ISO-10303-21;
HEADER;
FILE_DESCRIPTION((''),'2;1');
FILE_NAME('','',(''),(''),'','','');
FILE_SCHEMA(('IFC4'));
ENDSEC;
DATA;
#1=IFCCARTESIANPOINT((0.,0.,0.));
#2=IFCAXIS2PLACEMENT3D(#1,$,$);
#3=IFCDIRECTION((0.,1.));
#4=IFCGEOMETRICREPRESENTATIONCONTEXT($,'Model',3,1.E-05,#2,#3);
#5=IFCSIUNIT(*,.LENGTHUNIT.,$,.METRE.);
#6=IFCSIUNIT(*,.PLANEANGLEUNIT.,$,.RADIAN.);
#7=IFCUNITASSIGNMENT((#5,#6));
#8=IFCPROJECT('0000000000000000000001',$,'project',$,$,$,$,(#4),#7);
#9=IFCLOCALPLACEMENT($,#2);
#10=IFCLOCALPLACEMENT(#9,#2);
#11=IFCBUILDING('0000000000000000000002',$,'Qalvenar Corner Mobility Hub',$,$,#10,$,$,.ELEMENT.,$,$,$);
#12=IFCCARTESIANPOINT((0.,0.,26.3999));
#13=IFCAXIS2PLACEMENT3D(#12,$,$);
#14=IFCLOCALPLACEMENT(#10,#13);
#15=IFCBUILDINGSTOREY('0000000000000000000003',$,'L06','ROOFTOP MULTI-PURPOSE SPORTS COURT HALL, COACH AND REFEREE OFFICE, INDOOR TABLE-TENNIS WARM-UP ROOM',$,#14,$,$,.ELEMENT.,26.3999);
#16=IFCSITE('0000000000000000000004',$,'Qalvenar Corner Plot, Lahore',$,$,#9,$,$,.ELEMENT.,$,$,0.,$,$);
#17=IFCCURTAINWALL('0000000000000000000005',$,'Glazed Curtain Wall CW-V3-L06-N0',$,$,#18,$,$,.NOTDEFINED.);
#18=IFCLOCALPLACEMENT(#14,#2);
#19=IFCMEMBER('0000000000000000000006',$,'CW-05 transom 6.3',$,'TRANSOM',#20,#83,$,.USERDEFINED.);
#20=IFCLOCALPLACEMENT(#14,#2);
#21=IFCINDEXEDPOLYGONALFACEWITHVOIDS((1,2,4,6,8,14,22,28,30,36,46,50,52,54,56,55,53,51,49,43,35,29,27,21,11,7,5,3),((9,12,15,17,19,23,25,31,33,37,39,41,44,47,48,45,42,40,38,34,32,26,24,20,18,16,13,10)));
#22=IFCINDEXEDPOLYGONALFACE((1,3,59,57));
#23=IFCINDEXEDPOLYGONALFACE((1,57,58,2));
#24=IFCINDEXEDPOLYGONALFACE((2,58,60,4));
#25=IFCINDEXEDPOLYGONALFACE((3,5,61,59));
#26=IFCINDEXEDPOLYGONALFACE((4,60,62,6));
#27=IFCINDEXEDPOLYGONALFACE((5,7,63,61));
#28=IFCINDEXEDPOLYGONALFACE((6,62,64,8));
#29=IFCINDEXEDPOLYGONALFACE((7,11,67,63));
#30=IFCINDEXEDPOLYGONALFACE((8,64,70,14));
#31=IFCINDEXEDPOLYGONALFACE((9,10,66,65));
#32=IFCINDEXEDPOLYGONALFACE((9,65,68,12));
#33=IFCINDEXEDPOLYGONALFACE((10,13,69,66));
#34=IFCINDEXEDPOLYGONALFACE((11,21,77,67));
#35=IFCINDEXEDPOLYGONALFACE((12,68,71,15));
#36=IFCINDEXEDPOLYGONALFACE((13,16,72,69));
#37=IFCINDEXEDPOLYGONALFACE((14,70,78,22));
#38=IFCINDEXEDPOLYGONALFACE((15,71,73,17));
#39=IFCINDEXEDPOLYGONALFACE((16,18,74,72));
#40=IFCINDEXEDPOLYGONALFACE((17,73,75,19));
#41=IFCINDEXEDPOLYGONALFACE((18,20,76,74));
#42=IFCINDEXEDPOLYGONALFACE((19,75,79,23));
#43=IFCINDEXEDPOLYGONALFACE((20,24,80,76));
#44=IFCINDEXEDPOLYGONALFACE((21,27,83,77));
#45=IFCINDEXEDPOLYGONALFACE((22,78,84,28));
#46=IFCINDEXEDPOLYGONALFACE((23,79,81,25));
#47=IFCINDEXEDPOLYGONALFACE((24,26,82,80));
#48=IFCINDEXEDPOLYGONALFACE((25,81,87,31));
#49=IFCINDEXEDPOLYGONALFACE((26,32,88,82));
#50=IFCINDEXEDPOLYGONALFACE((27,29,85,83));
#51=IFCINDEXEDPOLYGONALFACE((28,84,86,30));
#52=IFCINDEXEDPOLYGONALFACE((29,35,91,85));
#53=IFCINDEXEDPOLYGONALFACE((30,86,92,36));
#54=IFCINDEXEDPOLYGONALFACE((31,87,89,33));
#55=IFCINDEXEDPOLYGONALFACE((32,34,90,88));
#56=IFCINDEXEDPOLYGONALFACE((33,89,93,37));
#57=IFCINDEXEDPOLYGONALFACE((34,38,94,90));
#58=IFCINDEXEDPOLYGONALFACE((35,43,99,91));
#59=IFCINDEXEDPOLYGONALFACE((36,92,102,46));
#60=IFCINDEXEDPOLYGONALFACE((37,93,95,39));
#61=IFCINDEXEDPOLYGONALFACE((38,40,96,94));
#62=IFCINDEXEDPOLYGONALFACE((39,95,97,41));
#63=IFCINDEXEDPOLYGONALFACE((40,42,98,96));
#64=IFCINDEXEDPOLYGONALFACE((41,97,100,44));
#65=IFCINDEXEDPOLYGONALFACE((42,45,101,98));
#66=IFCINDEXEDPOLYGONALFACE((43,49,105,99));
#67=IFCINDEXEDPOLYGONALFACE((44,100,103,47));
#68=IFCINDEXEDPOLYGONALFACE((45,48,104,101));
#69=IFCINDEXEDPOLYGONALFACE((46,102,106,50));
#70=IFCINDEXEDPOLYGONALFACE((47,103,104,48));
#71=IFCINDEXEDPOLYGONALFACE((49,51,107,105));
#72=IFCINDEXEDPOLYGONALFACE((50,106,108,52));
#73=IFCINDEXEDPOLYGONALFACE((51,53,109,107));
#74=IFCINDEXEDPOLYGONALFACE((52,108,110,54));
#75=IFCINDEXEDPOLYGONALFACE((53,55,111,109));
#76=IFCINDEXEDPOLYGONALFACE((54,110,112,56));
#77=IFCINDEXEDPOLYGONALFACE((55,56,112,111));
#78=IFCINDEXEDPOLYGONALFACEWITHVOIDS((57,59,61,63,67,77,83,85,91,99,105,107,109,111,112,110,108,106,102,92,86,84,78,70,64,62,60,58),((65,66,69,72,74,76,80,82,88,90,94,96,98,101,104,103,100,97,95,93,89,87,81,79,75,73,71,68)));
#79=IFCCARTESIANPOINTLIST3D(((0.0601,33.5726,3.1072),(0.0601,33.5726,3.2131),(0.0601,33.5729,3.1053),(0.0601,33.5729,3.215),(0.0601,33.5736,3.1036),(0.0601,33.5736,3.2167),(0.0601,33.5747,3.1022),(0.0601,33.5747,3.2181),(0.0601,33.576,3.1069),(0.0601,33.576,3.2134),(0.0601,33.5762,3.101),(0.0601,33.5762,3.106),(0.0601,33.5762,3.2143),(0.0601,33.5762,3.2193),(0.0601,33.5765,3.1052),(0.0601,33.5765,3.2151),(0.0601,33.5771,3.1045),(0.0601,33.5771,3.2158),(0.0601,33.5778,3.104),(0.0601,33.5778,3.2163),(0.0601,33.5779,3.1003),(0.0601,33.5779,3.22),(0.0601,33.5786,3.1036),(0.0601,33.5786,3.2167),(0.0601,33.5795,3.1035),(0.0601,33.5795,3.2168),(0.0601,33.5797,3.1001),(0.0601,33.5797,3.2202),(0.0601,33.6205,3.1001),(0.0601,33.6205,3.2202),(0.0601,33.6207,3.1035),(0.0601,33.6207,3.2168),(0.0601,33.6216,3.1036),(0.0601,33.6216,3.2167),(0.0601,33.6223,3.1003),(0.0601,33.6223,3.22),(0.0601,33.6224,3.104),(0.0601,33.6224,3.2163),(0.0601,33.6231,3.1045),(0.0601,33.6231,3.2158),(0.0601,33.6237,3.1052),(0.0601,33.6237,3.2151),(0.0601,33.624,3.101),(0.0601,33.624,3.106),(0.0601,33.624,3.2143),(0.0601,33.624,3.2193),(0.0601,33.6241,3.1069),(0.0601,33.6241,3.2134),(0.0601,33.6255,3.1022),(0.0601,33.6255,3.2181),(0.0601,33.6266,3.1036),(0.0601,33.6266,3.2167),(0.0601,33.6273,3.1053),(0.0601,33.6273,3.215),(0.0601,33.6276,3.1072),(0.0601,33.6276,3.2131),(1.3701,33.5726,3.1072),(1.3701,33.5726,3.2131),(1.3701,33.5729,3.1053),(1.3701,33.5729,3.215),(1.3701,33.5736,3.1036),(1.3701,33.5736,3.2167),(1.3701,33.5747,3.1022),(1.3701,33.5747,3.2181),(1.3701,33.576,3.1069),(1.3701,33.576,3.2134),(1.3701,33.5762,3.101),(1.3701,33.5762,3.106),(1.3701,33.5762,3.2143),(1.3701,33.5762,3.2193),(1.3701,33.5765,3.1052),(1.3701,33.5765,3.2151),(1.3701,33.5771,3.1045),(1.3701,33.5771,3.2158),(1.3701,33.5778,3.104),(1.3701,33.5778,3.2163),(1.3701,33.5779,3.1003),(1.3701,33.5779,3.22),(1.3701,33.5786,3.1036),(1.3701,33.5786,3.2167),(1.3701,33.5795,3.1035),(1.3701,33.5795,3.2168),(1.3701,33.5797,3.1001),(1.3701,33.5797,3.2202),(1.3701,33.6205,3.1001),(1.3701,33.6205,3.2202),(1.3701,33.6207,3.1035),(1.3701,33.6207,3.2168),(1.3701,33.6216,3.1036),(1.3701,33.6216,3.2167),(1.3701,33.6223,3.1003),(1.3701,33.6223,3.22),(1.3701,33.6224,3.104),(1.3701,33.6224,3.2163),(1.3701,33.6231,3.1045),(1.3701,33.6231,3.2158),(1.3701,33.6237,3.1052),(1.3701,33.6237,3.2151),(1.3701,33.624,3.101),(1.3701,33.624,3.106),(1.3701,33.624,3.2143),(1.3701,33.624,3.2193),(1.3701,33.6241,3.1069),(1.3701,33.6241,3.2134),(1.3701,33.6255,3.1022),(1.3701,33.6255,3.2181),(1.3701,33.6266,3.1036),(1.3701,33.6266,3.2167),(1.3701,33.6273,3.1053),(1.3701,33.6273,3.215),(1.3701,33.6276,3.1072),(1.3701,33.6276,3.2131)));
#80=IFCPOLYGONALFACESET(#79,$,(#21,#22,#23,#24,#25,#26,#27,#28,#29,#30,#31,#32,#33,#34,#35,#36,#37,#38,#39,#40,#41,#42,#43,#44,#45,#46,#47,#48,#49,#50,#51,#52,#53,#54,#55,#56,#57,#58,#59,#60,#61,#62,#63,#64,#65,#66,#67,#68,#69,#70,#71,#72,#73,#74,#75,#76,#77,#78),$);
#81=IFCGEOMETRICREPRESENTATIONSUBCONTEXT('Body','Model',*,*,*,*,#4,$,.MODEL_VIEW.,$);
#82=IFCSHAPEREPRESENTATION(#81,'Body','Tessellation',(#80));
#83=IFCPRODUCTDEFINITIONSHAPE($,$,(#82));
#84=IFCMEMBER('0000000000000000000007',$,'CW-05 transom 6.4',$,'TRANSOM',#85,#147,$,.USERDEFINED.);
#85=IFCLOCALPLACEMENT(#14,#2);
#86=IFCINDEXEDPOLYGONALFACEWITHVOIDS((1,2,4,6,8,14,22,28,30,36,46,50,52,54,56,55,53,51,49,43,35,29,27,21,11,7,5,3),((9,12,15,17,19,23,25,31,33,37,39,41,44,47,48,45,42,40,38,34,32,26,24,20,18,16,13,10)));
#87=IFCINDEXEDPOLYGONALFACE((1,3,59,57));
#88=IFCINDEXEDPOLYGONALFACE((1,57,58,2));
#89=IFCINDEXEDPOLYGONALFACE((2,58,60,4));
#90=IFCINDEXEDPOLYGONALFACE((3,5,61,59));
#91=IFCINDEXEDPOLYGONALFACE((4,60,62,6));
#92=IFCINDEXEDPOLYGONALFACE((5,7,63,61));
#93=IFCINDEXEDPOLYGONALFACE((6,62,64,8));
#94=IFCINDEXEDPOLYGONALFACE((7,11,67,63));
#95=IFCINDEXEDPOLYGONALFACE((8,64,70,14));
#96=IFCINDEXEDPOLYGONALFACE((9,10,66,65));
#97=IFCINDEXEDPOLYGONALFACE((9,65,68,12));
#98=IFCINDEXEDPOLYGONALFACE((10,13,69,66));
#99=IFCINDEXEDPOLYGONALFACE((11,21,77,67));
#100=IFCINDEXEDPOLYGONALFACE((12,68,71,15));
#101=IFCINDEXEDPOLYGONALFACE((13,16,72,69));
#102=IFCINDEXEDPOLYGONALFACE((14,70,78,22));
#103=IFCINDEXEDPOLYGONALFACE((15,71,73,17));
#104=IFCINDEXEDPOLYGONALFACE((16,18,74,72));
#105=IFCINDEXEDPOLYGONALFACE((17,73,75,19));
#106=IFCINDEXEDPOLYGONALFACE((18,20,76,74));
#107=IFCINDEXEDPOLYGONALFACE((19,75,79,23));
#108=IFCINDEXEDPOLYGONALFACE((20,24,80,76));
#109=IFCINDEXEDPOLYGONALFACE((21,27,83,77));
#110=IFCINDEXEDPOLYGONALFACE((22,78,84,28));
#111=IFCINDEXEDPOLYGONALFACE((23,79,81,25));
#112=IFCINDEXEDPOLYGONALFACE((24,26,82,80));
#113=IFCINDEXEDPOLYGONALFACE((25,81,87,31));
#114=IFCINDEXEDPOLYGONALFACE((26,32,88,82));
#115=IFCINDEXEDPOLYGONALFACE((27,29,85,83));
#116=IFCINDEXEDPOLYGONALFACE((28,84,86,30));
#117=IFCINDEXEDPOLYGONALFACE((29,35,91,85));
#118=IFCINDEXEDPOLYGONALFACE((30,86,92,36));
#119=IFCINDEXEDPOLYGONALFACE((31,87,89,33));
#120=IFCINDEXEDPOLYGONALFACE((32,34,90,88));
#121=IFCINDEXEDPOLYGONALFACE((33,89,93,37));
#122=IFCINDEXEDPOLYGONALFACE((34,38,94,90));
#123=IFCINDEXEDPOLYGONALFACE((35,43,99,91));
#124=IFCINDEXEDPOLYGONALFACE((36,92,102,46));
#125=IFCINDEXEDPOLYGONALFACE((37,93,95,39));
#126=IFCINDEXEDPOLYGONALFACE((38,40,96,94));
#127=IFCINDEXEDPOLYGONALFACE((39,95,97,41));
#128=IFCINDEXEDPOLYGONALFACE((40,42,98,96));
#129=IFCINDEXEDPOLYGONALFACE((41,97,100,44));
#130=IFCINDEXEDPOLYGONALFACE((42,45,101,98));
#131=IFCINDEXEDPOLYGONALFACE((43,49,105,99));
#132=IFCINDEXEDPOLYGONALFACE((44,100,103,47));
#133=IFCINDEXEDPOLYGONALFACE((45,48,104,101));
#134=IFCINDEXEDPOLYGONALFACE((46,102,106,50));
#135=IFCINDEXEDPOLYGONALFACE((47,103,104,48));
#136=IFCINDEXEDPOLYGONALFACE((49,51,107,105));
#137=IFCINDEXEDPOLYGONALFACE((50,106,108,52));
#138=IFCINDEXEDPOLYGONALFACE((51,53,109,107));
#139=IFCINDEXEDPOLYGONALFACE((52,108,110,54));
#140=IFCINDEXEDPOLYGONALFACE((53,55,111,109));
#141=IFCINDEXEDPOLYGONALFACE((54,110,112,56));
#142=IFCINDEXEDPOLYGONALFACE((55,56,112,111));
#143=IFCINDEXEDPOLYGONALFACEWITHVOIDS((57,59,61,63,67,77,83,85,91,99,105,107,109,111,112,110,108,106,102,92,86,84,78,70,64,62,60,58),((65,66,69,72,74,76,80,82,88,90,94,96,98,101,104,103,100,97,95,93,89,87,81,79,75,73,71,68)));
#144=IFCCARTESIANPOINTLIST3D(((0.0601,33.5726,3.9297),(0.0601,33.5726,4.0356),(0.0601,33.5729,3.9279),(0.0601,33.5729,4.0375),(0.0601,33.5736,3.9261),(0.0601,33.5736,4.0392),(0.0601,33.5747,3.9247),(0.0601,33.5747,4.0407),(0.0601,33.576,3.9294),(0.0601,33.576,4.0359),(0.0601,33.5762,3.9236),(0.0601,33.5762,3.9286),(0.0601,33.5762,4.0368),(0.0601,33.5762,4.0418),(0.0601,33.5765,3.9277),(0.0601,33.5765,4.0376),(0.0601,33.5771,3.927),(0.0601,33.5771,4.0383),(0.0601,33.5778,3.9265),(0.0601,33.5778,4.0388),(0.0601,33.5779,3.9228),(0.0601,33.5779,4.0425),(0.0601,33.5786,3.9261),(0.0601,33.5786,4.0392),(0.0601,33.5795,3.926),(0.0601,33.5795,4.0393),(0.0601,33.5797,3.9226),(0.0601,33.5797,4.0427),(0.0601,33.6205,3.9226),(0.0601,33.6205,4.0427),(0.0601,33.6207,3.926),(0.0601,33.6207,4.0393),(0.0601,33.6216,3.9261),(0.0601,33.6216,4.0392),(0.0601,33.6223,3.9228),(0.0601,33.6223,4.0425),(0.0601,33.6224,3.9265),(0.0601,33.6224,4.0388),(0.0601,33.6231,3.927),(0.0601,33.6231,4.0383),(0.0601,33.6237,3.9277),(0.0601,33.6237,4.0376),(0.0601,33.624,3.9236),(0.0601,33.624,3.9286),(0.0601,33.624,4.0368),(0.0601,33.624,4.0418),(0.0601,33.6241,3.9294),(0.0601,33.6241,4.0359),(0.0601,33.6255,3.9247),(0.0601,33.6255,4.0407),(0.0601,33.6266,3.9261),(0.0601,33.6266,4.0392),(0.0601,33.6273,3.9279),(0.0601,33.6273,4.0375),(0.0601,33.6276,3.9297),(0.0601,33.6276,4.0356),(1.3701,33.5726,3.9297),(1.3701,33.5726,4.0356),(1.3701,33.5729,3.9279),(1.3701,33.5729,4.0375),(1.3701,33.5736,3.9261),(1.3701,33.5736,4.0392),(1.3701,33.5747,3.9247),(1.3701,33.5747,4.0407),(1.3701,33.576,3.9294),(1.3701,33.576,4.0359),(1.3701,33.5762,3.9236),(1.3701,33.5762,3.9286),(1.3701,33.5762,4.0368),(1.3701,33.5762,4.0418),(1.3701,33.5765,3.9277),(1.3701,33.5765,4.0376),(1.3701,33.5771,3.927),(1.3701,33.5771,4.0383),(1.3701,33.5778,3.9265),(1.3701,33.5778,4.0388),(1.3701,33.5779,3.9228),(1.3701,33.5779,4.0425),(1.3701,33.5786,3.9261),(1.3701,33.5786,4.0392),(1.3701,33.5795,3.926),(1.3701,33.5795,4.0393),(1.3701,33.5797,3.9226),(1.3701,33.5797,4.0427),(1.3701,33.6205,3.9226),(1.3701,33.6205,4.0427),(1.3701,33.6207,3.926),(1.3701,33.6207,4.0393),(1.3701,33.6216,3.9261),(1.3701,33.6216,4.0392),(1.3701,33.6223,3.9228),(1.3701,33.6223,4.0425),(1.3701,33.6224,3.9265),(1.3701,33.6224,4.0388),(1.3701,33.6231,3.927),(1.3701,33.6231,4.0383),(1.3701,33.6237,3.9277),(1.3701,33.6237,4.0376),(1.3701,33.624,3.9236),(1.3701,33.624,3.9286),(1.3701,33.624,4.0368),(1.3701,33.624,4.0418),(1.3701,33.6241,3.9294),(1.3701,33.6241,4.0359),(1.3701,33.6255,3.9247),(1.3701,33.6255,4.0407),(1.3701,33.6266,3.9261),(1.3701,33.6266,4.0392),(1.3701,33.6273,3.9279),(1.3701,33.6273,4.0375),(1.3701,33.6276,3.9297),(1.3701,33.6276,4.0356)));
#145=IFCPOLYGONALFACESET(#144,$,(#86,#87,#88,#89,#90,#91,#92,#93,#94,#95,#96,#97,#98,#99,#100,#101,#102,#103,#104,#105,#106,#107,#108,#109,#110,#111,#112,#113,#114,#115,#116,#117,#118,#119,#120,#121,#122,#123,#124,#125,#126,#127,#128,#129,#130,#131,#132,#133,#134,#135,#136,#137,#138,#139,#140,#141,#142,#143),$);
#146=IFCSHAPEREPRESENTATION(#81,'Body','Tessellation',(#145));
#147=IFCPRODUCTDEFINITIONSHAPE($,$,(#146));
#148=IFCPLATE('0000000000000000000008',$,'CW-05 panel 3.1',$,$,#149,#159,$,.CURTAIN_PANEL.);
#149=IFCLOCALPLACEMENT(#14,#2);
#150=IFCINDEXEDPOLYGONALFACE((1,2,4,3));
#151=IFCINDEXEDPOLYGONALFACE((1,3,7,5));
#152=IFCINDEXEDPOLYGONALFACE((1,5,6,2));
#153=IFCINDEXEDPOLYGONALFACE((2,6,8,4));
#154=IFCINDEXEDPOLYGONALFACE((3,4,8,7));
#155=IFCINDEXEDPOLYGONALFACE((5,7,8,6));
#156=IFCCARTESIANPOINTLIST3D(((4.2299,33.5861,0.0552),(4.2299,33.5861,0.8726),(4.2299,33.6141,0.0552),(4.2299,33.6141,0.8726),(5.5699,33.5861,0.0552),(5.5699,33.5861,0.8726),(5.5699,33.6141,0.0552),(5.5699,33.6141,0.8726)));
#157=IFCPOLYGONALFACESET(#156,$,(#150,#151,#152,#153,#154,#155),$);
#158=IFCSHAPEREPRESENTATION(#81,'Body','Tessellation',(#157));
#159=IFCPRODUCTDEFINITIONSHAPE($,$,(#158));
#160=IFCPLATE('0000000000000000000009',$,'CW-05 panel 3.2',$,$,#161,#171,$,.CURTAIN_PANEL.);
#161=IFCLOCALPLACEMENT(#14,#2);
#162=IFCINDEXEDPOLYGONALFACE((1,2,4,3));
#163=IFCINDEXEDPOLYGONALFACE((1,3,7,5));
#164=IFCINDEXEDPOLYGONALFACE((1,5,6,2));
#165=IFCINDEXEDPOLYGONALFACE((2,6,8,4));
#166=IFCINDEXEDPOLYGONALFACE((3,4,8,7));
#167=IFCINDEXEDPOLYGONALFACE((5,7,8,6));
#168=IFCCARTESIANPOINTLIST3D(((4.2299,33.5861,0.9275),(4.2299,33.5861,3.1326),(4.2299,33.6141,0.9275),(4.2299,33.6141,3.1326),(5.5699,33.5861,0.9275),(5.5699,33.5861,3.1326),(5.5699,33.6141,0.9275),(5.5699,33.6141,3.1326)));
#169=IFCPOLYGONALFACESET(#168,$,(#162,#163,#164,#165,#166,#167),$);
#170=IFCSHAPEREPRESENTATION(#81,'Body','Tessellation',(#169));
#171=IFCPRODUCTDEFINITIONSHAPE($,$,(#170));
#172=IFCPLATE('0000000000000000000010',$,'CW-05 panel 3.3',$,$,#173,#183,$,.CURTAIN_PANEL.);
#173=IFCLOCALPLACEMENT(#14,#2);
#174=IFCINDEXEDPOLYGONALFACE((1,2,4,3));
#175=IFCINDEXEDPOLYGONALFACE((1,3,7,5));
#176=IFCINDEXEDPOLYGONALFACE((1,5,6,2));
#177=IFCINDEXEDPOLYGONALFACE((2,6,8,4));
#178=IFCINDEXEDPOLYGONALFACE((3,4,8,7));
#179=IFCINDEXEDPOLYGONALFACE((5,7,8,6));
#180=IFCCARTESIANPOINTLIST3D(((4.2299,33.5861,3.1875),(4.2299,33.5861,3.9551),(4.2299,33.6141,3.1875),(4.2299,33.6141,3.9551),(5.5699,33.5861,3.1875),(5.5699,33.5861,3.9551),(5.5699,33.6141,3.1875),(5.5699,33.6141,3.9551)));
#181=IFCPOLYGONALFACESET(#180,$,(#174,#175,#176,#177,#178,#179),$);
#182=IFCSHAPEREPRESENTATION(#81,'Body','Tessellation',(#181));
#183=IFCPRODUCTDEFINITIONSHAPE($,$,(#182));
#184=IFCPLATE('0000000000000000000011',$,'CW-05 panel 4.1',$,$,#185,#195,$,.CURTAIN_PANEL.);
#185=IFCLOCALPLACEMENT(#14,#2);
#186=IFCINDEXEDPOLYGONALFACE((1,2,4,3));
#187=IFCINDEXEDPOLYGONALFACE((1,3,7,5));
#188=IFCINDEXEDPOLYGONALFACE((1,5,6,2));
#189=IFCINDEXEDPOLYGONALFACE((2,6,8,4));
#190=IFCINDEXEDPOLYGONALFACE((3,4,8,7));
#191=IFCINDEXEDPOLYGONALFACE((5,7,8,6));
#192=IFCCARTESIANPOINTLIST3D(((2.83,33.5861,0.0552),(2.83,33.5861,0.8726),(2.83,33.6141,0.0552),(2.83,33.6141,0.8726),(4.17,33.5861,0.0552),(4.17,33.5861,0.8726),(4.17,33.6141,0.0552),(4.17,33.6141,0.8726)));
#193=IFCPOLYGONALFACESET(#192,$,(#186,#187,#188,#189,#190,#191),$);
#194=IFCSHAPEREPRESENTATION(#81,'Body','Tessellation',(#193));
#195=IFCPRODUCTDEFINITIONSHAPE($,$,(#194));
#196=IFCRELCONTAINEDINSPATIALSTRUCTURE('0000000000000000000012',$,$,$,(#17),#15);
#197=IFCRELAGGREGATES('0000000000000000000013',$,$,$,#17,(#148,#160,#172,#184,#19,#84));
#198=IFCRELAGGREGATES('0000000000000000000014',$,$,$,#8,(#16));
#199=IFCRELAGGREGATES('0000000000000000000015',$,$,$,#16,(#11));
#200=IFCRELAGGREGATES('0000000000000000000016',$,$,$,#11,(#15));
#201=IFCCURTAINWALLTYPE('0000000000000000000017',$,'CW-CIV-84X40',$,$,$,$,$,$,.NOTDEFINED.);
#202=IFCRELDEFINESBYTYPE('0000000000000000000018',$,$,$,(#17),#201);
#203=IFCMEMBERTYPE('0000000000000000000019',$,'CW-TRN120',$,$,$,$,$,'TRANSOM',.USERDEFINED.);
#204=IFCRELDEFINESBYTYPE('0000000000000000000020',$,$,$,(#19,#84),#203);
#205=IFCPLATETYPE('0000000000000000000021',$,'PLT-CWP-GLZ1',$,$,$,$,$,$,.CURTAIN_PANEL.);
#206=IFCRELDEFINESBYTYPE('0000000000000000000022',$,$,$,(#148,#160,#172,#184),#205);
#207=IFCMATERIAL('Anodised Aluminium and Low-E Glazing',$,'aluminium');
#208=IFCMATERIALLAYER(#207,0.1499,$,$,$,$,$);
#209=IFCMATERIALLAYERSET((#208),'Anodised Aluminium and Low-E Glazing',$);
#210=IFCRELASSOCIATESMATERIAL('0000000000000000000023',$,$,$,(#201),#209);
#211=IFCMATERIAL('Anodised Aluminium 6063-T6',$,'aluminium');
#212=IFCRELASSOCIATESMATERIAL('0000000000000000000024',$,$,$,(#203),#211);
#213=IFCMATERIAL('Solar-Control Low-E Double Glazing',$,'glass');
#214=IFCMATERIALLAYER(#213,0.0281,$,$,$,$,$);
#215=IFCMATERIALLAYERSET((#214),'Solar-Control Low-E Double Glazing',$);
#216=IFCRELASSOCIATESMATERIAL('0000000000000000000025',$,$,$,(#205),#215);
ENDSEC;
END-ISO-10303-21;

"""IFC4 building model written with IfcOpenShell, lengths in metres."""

from ifc_helpers import new_model, si_unit, direction, frame, origin, origin_2d, place, context, subcontext, project, spatial, rectangle, hollow_rectangle, extrude, material, layer, layer_set, material_profile, profile_set, type_object, element, aggregate, save


model = new_model("IFC4")

# Units and contexts
model_context = context("Model", 3, precision=1e-05, world=origin(), true_north=direction((0.0, 1.0)))
body_context = subcontext(model_context, "Body", "Model", "MODEL_VIEW")
ifc_project = project(units=[si_unit("LENGTHUNIT", "METRE"), si_unit("PLANEANGLEUNIT", "RADIAN")], contexts=[model_context])

# Site, building, storey
site_placement = place(None, origin())
site = spatial("IfcSite", under=ifc_project, at=site_placement, Name="Qalvenar Corner Plot, Lahore", CompositionType="ELEMENT", RefElevation=0.0)
building_placement = place(site_placement, origin())
building = spatial("IfcBuilding", under=site, at=building_placement, Name="Qalvenar Corner Mobility Hub", CompositionType="ELEMENT")
storey_placement = place(building_placement, frame((0.0, 0.0, 26.3999)))
storey = spatial("IfcBuildingStorey", under=building, at=storey_placement, Name="L06", Description="ROOFTOP MULTI-PURPOSE SPORTS COURT HALL, COACH AND REFEREE OFFICE, INDOOR TABLE-TENNIS WARM-UP ROOM", CompositionType="ELEMENT", Elevation=26.3999)

# Curtain wall, members, plates
ifc_material_1 = material(Name="Anodised Aluminium and Low-E Glazing", Category="aluminium")
ifc_layer_1 = layer(ifc_material_1, 0.1499)
ifc_layer_set_1 = layer_set([ifc_layer_1], Name="Anodised Aluminium and Low-E Glazing")
curtain_wall_type = type_object("IfcCurtainWallType", Name="CW-CIV-84X40", PredefinedType="NOTDEFINED", material=ifc_layer_set_1)
curtain_wall_placement = place(storey_placement, origin())
curtain_wall = element("IfcCurtainWall", 1, at=curtain_wall_placement, inside=storey, type_object=curtain_wall_type, Name="Glazed Curtain Wall CW-V3-L06-N0", PredefinedType="NOTDEFINED")
ifc_material_2 = material(Name="Anodised Aluminium 6063-T6", Category="aluminium")
ifc_material_profile_1 = material_profile(ifc_material_2, hollow_rectangle(XDim=0.0549, YDim=0.1201, WallThickness=0.0034, InnerFilletRadius=0.0034, OuterFilletRadius=0.0071, at=origin_2d()), Name="RHS120x55x3.5")
ifc_profile_set_1 = profile_set([ifc_material_profile_1], Name="Anodised Aluminium 6063-T6")
member_type_1 = type_object("IfcMemberType", Name="CW-TRN120", ElementType="TRANSOM", PredefinedType="USERDEFINED", material=ifc_profile_set_1)
member_1_placement = place(storey_placement, frame((1.3701, 33.6001, 3.1602), z_axis=(-1.0, 0.0, 0.0), x_axis=(0.0, -1.0, 0.0)))
member_1 = element("IfcMember", 2, at=member_1_placement, type_object=member_type_1, Name="CW-05 transom 6.3", ObjectType="TRANSOM", PredefinedType="USERDEFINED", context=body_context, shape_type="SweptSolid", body=[
    extrude(hollow_rectangle(XDim=0.0549, YDim=0.1201, WallThickness=0.0034, InnerFilletRadius=0.0034, OuterFilletRadius=0.0071, at=origin_2d()), origin(), (0.0, 0.0, 1.0), 1.3101),
])
member_2_placement = place(storey_placement, frame((1.3701, 33.6001, 3.9827), z_axis=(-1.0, 0.0, 0.0), x_axis=(0.0, -1.0, 0.0)))
member_2 = element("IfcMember", 3, at=member_2_placement, type_object=member_type_1, Name="CW-05 transom 6.4", ObjectType="TRANSOM", PredefinedType="USERDEFINED", context=body_context, shape_type="SweptSolid", body=[
    extrude(hollow_rectangle(XDim=0.0549, YDim=0.1201, WallThickness=0.0034, InnerFilletRadius=0.0034, OuterFilletRadius=0.0071, at=origin_2d()), origin(), (0.0, 0.0, 1.0), 1.3101),
])
ifc_material_3 = material(Name="Solar-Control Low-E Double Glazing", Category="glass")
ifc_layer_2 = layer(ifc_material_3, 0.0281)
ifc_layer_set_2 = layer_set([ifc_layer_2], Name="Solar-Control Low-E Double Glazing")
plate_type = type_object("IfcPlateType", Name="PLT-CWP-GLZ1", PredefinedType="CURTAIN_PANEL", material=ifc_layer_set_2)
plate_1_placement = place(storey_placement, frame((4.8999, 33.6001, 0.0552), z_axis=(0.0, 0.0, 1.0), x_axis=(-1.0, 0.0, 0.0)))
plate_1 = element("IfcPlate", 4, at=plate_1_placement, type_object=plate_type, Name="CW-05 panel 3.1", PredefinedType="CURTAIN_PANEL", context=body_context, shape_type="SweptSolid", body=[
    extrude(rectangle(XDim=1.3401, YDim=0.0281, at=origin_2d()), origin(), (0.0, 0.0, 1.0), 0.8174),
])
plate_2_placement = place(storey_placement, frame((4.8999, 33.6001, 0.9275), z_axis=(0.0, 0.0, 1.0), x_axis=(-1.0, 0.0, 0.0)))
plate_2 = element("IfcPlate", 5, at=plate_2_placement, type_object=plate_type, Name="CW-05 panel 3.2", PredefinedType="CURTAIN_PANEL", context=body_context, shape_type="SweptSolid", body=[
    extrude(rectangle(XDim=1.3401, YDim=0.0281, at=origin_2d()), origin(), (0.0, 0.0, 1.0), 2.2051),
])
plate_3_placement = place(storey_placement, frame((4.8999, 33.6001, 3.1875), z_axis=(0.0, 0.0, 1.0), x_axis=(-1.0, 0.0, 0.0)))
plate_3 = element("IfcPlate", 6, at=plate_3_placement, type_object=plate_type, Name="CW-05 panel 3.3", PredefinedType="CURTAIN_PANEL", context=body_context, shape_type="SweptSolid", body=[
    extrude(rectangle(XDim=1.3401, YDim=0.0281, at=origin_2d()), origin(), (0.0, 0.0, 1.0), 0.7676),
])
plate_4_placement = place(storey_placement, frame((3.5, 33.6001, 0.0552), z_axis=(0.0, 0.0, 1.0), x_axis=(-1.0, 0.0, 0.0)))
plate_4 = element("IfcPlate", 7, at=plate_4_placement, type_object=plate_type, Name="CW-05 panel 4.1", PredefinedType="CURTAIN_PANEL", context=body_context, shape_type="SweptSolid", body=[
    extrude(rectangle(XDim=1.3401, YDim=0.0281, at=origin_2d()), origin(), (0.0, 0.0, 1.0), 0.8174),
])
aggregate(curtain_wall, [plate_1, plate_2, plate_3, plate_4, member_1, member_2])

save(model, "model.ifc")
